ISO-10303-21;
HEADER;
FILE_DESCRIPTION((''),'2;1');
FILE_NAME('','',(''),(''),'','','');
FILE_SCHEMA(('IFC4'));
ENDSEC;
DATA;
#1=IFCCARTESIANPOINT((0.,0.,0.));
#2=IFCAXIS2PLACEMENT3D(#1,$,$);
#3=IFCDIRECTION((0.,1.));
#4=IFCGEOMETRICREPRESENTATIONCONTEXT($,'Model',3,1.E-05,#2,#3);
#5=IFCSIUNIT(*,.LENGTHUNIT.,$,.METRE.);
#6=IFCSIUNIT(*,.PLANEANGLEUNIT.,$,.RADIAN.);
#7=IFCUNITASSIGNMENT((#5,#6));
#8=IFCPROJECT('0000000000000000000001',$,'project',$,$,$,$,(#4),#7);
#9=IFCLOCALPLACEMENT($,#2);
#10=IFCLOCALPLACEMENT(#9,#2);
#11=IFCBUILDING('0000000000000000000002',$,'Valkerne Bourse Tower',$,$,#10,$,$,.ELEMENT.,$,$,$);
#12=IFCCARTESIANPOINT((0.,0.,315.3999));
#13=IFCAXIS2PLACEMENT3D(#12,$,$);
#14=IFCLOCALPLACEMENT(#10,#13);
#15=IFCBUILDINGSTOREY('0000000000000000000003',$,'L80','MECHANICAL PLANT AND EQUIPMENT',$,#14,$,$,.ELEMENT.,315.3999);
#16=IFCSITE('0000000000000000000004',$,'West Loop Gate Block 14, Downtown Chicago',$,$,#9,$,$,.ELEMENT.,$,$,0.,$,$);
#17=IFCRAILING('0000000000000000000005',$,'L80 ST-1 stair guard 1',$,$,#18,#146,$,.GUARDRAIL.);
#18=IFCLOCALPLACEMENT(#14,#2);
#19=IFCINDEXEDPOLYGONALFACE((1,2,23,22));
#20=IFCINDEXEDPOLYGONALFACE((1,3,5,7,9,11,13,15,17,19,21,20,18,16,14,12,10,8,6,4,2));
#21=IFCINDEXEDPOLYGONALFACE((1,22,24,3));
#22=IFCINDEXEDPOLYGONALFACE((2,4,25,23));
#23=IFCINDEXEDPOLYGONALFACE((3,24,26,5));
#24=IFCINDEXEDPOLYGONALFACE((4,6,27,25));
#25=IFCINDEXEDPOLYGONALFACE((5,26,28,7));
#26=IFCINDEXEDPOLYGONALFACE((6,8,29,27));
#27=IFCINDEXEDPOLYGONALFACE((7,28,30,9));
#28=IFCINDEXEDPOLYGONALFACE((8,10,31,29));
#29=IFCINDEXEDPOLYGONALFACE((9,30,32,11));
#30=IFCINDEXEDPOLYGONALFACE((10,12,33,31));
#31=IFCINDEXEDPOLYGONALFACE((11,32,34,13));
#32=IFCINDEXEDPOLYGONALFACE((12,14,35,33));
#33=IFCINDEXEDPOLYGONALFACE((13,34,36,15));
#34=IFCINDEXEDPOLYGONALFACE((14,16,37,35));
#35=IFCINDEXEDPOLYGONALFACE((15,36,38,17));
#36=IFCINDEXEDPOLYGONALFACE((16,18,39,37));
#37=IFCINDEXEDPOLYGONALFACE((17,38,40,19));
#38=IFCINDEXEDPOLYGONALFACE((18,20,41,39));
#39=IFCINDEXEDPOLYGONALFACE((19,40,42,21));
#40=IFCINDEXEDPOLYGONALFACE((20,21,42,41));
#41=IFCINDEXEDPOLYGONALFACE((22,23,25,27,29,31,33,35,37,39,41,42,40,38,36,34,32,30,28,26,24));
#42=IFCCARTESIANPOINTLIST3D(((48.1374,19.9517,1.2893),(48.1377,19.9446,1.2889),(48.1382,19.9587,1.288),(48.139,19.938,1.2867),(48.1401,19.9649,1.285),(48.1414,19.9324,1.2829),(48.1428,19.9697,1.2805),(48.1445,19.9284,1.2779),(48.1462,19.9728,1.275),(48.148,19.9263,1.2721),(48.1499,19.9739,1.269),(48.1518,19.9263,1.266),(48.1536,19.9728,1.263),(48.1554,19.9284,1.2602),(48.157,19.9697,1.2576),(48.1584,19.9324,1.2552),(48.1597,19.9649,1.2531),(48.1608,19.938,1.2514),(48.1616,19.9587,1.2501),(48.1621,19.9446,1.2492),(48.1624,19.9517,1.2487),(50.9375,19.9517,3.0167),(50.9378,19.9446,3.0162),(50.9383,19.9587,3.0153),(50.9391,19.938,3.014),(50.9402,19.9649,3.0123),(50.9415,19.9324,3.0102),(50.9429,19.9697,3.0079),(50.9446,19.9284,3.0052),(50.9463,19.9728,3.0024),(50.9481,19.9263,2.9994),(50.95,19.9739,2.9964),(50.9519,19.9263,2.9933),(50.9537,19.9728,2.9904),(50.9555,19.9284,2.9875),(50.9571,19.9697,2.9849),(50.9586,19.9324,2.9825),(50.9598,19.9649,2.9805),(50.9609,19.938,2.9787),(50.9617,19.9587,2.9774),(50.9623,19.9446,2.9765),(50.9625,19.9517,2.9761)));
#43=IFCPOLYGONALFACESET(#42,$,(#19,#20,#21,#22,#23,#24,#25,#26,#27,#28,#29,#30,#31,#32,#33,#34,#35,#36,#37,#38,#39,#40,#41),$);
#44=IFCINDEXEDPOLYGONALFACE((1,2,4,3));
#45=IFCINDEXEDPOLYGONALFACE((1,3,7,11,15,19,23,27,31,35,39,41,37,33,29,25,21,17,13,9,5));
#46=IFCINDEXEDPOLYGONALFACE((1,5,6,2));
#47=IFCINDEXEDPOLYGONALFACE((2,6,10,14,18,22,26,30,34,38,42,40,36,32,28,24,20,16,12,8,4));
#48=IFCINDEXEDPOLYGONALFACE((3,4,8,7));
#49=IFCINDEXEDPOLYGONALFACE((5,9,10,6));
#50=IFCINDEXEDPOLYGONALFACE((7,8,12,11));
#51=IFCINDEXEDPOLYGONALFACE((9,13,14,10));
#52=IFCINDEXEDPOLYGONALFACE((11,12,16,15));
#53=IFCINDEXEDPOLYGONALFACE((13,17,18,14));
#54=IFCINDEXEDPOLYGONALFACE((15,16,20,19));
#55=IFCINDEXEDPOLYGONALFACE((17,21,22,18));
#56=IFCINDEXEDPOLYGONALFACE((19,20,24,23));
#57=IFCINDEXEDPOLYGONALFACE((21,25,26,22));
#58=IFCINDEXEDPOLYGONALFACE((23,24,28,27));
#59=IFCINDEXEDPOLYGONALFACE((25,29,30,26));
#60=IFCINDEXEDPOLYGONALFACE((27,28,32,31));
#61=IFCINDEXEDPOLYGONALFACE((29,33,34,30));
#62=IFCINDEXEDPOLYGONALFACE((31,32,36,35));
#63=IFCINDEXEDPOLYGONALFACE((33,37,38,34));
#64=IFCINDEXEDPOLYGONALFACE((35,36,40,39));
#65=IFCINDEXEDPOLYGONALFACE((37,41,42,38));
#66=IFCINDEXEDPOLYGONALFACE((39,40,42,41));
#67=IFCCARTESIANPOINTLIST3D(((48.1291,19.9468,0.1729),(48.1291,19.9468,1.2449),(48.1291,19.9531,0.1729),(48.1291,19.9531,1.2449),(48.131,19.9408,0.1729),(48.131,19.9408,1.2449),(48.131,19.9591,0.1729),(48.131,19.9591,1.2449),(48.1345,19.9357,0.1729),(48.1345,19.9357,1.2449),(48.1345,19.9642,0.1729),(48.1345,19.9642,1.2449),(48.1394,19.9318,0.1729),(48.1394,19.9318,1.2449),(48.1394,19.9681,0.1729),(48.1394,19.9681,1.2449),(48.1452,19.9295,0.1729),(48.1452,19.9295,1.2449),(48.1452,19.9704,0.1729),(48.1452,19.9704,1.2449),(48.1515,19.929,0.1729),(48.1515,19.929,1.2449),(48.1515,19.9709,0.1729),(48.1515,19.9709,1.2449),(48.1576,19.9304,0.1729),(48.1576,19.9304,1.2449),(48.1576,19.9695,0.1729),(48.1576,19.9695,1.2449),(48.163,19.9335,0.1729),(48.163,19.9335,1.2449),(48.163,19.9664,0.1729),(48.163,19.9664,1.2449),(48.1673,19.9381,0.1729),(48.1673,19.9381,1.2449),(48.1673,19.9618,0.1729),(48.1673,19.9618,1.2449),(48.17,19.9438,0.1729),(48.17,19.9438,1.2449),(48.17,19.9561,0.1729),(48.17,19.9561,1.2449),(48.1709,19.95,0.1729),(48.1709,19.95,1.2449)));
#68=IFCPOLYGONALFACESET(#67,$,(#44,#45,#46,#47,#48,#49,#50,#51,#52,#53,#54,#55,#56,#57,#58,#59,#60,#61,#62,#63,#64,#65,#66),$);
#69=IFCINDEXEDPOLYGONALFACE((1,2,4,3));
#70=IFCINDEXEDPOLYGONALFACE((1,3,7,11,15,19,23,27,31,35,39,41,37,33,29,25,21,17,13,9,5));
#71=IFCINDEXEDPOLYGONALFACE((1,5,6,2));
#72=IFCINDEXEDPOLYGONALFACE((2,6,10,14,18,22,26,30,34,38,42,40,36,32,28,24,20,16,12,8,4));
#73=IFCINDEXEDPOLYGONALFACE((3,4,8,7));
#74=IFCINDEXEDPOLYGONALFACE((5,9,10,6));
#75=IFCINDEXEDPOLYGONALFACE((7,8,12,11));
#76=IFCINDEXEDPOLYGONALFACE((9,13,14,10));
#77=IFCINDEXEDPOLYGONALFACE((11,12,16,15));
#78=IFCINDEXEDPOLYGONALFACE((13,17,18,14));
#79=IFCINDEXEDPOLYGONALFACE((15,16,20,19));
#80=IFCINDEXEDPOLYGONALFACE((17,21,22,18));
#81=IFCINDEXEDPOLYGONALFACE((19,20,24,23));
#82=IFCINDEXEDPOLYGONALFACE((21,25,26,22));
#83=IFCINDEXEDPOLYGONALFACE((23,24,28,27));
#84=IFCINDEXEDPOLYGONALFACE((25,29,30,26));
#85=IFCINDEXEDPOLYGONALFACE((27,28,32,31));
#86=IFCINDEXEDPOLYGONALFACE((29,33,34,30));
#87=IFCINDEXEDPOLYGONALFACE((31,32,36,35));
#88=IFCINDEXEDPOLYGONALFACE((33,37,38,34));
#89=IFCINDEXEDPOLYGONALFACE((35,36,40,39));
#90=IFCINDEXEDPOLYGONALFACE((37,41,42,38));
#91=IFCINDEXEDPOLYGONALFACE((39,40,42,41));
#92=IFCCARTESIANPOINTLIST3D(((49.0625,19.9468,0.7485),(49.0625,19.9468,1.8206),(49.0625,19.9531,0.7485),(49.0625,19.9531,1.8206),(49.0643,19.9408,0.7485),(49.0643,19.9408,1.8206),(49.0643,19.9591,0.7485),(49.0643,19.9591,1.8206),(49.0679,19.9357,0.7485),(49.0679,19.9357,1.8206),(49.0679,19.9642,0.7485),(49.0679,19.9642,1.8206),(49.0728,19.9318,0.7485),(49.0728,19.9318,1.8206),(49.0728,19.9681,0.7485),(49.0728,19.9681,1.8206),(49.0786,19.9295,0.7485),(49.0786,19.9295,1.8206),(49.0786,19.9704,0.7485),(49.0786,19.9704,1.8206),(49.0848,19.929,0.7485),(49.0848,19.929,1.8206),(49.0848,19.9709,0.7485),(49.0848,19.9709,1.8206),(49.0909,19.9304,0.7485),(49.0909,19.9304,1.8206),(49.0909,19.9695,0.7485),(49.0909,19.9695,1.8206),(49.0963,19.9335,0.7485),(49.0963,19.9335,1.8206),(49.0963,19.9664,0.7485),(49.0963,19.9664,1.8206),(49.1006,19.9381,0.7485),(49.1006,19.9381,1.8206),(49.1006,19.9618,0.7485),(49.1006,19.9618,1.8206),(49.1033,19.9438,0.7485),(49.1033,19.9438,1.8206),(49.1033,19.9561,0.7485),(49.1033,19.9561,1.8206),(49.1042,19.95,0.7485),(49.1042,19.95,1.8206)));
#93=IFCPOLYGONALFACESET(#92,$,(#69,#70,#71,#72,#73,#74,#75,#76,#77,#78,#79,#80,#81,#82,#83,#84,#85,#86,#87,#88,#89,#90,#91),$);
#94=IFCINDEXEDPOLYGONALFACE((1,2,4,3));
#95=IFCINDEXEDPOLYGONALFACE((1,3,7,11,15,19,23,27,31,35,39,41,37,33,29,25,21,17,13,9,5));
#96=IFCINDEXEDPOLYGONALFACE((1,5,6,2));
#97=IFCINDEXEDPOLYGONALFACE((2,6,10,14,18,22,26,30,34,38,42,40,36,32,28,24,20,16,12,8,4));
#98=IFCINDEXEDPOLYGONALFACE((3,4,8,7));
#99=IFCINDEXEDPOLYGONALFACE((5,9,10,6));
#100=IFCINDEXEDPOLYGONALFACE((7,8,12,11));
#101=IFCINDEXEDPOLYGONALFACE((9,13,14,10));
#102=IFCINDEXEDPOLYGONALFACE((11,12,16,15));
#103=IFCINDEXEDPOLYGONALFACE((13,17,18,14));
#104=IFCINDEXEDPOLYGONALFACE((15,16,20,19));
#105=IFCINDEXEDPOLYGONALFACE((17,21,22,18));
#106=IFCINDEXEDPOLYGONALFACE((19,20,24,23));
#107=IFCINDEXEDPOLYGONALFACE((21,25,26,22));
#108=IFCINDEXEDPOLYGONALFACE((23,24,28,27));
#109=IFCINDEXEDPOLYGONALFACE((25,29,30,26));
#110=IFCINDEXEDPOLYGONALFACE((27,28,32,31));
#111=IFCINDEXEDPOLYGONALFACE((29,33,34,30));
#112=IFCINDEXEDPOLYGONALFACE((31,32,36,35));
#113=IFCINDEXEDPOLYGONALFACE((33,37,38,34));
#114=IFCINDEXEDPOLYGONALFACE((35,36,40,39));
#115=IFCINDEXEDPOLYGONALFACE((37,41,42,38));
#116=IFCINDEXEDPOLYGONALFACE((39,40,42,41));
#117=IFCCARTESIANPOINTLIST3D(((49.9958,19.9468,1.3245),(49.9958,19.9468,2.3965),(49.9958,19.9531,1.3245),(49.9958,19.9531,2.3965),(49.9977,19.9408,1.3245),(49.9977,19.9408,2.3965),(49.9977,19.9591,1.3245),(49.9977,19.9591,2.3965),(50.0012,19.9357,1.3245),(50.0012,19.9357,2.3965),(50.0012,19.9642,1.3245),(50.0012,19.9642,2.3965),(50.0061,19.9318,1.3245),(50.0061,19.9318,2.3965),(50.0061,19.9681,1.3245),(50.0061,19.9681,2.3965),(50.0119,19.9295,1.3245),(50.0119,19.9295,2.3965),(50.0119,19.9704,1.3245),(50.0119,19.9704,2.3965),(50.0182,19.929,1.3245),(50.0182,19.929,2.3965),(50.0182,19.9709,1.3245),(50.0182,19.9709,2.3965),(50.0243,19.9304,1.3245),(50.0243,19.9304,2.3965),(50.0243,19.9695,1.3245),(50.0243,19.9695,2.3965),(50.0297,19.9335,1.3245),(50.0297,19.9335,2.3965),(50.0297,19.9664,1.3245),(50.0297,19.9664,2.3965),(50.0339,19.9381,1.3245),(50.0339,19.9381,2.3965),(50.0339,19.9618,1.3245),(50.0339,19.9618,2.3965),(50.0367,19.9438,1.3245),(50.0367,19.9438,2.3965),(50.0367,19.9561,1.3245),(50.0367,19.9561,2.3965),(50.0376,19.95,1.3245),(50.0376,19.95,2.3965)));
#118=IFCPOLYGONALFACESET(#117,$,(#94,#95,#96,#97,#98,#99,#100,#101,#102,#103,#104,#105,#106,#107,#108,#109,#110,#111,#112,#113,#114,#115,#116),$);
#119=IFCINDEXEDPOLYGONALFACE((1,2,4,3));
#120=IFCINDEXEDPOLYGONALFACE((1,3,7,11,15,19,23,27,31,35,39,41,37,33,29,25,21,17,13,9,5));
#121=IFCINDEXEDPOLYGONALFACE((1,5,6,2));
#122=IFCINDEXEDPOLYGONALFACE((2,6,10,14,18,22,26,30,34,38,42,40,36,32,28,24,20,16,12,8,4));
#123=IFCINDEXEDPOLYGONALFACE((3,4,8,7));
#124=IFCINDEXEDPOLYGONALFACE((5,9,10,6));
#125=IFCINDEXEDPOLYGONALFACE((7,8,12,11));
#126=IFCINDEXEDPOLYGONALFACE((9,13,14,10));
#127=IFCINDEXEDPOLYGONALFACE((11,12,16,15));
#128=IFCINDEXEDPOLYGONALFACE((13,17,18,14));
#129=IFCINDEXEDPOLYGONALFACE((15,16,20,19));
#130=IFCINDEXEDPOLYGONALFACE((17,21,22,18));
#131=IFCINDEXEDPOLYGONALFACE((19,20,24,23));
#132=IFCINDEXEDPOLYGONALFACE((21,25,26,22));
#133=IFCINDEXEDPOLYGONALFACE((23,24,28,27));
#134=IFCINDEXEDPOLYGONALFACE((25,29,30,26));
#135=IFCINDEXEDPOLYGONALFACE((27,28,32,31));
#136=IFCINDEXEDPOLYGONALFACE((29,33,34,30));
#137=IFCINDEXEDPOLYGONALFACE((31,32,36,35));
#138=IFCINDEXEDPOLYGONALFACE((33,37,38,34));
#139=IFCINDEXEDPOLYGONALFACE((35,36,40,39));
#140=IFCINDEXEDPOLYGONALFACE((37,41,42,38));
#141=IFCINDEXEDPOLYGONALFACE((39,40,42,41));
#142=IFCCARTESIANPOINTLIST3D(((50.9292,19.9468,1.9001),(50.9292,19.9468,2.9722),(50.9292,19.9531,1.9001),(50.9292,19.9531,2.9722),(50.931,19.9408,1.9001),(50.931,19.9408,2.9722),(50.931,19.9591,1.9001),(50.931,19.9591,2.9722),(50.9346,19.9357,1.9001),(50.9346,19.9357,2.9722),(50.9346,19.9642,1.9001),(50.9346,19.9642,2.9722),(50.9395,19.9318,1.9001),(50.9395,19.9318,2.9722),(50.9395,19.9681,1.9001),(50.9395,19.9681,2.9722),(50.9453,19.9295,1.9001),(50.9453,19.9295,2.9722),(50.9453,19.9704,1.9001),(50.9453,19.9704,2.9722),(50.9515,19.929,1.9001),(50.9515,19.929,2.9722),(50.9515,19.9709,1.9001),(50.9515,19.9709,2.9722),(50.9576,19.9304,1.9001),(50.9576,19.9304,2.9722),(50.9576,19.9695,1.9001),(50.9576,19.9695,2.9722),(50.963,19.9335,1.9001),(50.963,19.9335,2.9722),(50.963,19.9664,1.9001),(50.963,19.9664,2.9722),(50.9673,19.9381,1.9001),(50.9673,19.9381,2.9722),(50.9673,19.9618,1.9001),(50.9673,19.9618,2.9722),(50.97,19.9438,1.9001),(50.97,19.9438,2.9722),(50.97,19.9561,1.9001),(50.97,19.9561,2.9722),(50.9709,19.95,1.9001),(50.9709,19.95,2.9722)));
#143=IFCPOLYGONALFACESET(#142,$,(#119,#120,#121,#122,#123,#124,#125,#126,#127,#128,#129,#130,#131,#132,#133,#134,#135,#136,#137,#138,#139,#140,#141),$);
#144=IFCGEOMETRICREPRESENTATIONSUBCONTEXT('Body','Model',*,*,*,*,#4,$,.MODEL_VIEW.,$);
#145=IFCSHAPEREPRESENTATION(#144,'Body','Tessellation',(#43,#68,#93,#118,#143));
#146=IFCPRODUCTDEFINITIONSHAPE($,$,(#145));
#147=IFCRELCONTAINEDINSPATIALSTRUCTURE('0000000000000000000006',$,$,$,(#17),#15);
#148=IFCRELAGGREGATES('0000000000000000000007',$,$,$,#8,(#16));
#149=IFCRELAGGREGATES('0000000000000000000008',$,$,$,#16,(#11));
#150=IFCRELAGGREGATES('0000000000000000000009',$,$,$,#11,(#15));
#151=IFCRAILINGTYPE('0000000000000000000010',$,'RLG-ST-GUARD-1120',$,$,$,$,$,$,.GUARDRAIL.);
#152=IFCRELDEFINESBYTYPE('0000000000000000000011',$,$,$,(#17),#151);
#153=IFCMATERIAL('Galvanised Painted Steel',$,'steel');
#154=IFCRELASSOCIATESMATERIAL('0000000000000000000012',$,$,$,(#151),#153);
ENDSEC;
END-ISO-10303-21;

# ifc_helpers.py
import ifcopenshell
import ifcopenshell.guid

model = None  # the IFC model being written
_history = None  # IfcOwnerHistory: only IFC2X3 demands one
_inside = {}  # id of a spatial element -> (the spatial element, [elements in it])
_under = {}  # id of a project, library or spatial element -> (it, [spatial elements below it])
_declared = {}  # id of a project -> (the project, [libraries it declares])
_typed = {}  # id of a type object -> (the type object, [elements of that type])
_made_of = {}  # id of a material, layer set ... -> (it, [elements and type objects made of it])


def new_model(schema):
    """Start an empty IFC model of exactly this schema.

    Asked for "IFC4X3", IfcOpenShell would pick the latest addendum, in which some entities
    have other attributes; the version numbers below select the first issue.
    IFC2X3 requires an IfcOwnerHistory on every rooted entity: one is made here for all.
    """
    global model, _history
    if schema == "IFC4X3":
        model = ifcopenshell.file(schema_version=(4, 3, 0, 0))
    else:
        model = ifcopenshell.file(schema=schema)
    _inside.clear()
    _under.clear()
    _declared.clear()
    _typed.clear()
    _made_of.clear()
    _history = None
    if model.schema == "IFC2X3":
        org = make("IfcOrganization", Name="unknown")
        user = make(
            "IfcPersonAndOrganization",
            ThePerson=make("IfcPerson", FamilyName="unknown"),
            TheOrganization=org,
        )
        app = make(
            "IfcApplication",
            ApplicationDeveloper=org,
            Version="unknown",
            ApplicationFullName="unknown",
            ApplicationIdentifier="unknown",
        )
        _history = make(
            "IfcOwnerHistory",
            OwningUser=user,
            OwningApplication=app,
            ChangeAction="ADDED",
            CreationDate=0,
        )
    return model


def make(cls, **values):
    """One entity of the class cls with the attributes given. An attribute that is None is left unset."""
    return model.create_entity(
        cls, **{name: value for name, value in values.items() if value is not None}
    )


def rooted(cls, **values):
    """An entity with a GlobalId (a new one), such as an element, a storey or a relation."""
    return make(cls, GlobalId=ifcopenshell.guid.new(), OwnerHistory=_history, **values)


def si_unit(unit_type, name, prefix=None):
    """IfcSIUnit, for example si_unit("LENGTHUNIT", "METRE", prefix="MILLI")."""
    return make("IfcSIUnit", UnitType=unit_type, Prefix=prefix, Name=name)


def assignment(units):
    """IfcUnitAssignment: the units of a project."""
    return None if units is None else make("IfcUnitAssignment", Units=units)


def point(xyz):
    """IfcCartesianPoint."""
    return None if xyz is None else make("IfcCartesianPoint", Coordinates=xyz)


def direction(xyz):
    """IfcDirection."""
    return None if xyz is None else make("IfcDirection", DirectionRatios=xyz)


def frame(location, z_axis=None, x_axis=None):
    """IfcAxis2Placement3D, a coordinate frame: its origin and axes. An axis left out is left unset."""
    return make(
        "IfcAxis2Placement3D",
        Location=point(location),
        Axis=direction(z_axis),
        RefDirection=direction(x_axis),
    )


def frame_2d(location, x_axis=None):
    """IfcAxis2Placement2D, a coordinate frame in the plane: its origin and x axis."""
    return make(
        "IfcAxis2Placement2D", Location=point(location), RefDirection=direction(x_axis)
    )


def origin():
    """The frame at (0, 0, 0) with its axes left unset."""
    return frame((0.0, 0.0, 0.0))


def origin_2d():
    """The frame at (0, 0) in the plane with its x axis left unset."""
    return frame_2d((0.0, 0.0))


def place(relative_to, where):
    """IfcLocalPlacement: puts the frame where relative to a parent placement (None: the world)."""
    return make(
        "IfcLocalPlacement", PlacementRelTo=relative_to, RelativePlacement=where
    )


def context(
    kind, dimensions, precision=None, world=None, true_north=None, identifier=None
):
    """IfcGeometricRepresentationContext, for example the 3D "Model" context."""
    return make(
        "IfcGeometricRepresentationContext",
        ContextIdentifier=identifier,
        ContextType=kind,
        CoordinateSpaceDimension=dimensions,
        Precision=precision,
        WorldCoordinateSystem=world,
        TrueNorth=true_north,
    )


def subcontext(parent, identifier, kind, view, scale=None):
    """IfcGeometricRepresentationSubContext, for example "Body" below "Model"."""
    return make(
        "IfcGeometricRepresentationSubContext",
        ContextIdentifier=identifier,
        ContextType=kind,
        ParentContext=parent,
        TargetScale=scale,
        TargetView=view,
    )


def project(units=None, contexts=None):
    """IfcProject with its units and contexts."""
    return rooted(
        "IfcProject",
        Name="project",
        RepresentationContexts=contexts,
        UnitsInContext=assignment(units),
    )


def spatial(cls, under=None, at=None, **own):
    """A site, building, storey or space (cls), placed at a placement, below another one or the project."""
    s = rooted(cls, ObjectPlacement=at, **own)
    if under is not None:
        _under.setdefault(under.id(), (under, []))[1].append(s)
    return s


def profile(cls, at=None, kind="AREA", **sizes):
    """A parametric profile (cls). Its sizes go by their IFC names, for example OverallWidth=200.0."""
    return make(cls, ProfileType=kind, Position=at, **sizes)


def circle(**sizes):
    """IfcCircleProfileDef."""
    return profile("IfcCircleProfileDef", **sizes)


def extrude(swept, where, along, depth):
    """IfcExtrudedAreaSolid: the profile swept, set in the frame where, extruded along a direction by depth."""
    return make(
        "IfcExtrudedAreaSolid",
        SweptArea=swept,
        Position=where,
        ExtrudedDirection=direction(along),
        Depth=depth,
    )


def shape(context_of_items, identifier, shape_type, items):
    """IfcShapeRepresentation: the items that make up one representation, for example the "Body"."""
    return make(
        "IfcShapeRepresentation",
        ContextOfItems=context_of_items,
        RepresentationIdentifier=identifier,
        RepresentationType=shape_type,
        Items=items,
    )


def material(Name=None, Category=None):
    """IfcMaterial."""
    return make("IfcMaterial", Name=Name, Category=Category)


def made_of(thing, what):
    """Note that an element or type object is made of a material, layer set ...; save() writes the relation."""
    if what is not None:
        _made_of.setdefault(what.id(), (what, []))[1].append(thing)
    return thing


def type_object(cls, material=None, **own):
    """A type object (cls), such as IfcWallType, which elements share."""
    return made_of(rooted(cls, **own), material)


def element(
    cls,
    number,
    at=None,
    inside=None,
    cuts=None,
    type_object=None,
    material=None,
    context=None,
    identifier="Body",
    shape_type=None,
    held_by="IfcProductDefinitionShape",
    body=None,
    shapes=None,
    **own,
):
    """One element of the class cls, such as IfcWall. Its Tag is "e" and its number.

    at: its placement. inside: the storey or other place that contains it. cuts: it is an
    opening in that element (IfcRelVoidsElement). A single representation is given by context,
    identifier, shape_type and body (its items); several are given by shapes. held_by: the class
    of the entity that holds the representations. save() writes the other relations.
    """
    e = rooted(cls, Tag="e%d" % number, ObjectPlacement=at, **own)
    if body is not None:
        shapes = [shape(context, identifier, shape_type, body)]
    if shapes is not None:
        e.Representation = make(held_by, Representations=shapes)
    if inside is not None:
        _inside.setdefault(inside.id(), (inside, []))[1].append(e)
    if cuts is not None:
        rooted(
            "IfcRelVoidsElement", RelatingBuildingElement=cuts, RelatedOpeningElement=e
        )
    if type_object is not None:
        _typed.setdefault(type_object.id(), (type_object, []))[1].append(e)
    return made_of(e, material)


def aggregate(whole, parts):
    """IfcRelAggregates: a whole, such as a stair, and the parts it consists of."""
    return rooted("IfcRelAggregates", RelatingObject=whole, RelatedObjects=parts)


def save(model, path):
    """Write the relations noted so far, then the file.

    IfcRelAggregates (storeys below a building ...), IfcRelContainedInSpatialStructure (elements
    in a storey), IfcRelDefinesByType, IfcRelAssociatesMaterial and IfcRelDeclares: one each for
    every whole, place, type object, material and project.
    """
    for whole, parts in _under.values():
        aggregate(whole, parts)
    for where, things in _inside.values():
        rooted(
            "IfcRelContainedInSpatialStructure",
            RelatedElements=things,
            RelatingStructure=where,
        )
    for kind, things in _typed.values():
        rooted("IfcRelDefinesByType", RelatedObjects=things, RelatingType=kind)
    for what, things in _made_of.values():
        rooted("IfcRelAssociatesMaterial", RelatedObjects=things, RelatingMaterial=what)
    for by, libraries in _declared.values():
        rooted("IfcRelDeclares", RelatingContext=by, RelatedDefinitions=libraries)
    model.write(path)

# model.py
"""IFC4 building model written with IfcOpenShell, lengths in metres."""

from ifc_helpers import new_model, si_unit, direction, frame, origin, origin_2d, place, context, subcontext, project, spatial, circle, extrude, material, type_object, element, save


model = new_model("IFC4")

# Units and contexts
model_context = context("Model", 3, precision=1e-05, world=origin(), true_north=direction((0.0, 1.0)))
body_context = subcontext(model_context, "Body", "Model", "MODEL_VIEW")
ifc_project = project(units=[si_unit("LENGTHUNIT", "METRE"), si_unit("PLANEANGLEUNIT", "RADIAN")], contexts=[model_context])

# Site, building, storey
site_placement = place(None, origin())
site = spatial("IfcSite", under=ifc_project, at=site_placement, Name="West Loop Gate Block 14, Downtown Chicago", CompositionType="ELEMENT", RefElevation=0.0)
building_placement = place(site_placement, origin())
building = spatial("IfcBuilding", under=site, at=building_placement, Name="Valkerne Bourse Tower", CompositionType="ELEMENT")
storey_placement = place(building_placement, frame((0.0, 0.0, 315.3999)))
storey = spatial("IfcBuildingStorey", under=building, at=storey_placement, Name="L80", Description="MECHANICAL PLANT AND EQUIPMENT", CompositionType="ELEMENT", Elevation=315.3999)

# Railing
ifc_material_1 = material(Name="Galvanised Painted Steel", Category="steel")
railing_type_1 = type_object("IfcRailingType", Name="RLG-ST-GUARD-1120", PredefinedType="GUARDRAIL", material=ifc_material_1)
railing_1_placement = place(storey_placement, frame((48.1499, 19.95, 0.1729)))
element("IfcRailing", 1, at=railing_1_placement, inside=storey, type_object=railing_type_1, Name="L80 ST-1 stair guard 1", PredefinedType="GUARDRAIL", context=body_context, shape_type="SweptSolid", body=[
    extrude(circle(Radius=0.0239, at=origin_2d()), frame((0.0, 0.0, 1.0962), z_axis=(0.85109, 0.0, 0.52502), x_axis=(0.0, 1.0, 0.0)), (0.0, 0.0, 1.0), 3.29),
    extrude(circle(Radius=0.021, at=origin_2d()), origin(), (0.0, 0.0, 1.0), 1.072),
    extrude(circle(Radius=0.021, at=origin_2d()), frame((0.9333, 0.0, 0.5757)), (0.0, 0.0, 1.0), 1.072),
    extrude(circle(Radius=0.021, at=origin_2d()), frame((1.8667, 0.0, 1.1516)), (0.0, 0.0, 1.0), 1.072),
    extrude(circle(Radius=0.021, at=origin_2d()), frame((2.8, 0.0, 1.7273)), (0.0, 0.0, 1.0), 1.072),
])

save(model, "model.ifc")
